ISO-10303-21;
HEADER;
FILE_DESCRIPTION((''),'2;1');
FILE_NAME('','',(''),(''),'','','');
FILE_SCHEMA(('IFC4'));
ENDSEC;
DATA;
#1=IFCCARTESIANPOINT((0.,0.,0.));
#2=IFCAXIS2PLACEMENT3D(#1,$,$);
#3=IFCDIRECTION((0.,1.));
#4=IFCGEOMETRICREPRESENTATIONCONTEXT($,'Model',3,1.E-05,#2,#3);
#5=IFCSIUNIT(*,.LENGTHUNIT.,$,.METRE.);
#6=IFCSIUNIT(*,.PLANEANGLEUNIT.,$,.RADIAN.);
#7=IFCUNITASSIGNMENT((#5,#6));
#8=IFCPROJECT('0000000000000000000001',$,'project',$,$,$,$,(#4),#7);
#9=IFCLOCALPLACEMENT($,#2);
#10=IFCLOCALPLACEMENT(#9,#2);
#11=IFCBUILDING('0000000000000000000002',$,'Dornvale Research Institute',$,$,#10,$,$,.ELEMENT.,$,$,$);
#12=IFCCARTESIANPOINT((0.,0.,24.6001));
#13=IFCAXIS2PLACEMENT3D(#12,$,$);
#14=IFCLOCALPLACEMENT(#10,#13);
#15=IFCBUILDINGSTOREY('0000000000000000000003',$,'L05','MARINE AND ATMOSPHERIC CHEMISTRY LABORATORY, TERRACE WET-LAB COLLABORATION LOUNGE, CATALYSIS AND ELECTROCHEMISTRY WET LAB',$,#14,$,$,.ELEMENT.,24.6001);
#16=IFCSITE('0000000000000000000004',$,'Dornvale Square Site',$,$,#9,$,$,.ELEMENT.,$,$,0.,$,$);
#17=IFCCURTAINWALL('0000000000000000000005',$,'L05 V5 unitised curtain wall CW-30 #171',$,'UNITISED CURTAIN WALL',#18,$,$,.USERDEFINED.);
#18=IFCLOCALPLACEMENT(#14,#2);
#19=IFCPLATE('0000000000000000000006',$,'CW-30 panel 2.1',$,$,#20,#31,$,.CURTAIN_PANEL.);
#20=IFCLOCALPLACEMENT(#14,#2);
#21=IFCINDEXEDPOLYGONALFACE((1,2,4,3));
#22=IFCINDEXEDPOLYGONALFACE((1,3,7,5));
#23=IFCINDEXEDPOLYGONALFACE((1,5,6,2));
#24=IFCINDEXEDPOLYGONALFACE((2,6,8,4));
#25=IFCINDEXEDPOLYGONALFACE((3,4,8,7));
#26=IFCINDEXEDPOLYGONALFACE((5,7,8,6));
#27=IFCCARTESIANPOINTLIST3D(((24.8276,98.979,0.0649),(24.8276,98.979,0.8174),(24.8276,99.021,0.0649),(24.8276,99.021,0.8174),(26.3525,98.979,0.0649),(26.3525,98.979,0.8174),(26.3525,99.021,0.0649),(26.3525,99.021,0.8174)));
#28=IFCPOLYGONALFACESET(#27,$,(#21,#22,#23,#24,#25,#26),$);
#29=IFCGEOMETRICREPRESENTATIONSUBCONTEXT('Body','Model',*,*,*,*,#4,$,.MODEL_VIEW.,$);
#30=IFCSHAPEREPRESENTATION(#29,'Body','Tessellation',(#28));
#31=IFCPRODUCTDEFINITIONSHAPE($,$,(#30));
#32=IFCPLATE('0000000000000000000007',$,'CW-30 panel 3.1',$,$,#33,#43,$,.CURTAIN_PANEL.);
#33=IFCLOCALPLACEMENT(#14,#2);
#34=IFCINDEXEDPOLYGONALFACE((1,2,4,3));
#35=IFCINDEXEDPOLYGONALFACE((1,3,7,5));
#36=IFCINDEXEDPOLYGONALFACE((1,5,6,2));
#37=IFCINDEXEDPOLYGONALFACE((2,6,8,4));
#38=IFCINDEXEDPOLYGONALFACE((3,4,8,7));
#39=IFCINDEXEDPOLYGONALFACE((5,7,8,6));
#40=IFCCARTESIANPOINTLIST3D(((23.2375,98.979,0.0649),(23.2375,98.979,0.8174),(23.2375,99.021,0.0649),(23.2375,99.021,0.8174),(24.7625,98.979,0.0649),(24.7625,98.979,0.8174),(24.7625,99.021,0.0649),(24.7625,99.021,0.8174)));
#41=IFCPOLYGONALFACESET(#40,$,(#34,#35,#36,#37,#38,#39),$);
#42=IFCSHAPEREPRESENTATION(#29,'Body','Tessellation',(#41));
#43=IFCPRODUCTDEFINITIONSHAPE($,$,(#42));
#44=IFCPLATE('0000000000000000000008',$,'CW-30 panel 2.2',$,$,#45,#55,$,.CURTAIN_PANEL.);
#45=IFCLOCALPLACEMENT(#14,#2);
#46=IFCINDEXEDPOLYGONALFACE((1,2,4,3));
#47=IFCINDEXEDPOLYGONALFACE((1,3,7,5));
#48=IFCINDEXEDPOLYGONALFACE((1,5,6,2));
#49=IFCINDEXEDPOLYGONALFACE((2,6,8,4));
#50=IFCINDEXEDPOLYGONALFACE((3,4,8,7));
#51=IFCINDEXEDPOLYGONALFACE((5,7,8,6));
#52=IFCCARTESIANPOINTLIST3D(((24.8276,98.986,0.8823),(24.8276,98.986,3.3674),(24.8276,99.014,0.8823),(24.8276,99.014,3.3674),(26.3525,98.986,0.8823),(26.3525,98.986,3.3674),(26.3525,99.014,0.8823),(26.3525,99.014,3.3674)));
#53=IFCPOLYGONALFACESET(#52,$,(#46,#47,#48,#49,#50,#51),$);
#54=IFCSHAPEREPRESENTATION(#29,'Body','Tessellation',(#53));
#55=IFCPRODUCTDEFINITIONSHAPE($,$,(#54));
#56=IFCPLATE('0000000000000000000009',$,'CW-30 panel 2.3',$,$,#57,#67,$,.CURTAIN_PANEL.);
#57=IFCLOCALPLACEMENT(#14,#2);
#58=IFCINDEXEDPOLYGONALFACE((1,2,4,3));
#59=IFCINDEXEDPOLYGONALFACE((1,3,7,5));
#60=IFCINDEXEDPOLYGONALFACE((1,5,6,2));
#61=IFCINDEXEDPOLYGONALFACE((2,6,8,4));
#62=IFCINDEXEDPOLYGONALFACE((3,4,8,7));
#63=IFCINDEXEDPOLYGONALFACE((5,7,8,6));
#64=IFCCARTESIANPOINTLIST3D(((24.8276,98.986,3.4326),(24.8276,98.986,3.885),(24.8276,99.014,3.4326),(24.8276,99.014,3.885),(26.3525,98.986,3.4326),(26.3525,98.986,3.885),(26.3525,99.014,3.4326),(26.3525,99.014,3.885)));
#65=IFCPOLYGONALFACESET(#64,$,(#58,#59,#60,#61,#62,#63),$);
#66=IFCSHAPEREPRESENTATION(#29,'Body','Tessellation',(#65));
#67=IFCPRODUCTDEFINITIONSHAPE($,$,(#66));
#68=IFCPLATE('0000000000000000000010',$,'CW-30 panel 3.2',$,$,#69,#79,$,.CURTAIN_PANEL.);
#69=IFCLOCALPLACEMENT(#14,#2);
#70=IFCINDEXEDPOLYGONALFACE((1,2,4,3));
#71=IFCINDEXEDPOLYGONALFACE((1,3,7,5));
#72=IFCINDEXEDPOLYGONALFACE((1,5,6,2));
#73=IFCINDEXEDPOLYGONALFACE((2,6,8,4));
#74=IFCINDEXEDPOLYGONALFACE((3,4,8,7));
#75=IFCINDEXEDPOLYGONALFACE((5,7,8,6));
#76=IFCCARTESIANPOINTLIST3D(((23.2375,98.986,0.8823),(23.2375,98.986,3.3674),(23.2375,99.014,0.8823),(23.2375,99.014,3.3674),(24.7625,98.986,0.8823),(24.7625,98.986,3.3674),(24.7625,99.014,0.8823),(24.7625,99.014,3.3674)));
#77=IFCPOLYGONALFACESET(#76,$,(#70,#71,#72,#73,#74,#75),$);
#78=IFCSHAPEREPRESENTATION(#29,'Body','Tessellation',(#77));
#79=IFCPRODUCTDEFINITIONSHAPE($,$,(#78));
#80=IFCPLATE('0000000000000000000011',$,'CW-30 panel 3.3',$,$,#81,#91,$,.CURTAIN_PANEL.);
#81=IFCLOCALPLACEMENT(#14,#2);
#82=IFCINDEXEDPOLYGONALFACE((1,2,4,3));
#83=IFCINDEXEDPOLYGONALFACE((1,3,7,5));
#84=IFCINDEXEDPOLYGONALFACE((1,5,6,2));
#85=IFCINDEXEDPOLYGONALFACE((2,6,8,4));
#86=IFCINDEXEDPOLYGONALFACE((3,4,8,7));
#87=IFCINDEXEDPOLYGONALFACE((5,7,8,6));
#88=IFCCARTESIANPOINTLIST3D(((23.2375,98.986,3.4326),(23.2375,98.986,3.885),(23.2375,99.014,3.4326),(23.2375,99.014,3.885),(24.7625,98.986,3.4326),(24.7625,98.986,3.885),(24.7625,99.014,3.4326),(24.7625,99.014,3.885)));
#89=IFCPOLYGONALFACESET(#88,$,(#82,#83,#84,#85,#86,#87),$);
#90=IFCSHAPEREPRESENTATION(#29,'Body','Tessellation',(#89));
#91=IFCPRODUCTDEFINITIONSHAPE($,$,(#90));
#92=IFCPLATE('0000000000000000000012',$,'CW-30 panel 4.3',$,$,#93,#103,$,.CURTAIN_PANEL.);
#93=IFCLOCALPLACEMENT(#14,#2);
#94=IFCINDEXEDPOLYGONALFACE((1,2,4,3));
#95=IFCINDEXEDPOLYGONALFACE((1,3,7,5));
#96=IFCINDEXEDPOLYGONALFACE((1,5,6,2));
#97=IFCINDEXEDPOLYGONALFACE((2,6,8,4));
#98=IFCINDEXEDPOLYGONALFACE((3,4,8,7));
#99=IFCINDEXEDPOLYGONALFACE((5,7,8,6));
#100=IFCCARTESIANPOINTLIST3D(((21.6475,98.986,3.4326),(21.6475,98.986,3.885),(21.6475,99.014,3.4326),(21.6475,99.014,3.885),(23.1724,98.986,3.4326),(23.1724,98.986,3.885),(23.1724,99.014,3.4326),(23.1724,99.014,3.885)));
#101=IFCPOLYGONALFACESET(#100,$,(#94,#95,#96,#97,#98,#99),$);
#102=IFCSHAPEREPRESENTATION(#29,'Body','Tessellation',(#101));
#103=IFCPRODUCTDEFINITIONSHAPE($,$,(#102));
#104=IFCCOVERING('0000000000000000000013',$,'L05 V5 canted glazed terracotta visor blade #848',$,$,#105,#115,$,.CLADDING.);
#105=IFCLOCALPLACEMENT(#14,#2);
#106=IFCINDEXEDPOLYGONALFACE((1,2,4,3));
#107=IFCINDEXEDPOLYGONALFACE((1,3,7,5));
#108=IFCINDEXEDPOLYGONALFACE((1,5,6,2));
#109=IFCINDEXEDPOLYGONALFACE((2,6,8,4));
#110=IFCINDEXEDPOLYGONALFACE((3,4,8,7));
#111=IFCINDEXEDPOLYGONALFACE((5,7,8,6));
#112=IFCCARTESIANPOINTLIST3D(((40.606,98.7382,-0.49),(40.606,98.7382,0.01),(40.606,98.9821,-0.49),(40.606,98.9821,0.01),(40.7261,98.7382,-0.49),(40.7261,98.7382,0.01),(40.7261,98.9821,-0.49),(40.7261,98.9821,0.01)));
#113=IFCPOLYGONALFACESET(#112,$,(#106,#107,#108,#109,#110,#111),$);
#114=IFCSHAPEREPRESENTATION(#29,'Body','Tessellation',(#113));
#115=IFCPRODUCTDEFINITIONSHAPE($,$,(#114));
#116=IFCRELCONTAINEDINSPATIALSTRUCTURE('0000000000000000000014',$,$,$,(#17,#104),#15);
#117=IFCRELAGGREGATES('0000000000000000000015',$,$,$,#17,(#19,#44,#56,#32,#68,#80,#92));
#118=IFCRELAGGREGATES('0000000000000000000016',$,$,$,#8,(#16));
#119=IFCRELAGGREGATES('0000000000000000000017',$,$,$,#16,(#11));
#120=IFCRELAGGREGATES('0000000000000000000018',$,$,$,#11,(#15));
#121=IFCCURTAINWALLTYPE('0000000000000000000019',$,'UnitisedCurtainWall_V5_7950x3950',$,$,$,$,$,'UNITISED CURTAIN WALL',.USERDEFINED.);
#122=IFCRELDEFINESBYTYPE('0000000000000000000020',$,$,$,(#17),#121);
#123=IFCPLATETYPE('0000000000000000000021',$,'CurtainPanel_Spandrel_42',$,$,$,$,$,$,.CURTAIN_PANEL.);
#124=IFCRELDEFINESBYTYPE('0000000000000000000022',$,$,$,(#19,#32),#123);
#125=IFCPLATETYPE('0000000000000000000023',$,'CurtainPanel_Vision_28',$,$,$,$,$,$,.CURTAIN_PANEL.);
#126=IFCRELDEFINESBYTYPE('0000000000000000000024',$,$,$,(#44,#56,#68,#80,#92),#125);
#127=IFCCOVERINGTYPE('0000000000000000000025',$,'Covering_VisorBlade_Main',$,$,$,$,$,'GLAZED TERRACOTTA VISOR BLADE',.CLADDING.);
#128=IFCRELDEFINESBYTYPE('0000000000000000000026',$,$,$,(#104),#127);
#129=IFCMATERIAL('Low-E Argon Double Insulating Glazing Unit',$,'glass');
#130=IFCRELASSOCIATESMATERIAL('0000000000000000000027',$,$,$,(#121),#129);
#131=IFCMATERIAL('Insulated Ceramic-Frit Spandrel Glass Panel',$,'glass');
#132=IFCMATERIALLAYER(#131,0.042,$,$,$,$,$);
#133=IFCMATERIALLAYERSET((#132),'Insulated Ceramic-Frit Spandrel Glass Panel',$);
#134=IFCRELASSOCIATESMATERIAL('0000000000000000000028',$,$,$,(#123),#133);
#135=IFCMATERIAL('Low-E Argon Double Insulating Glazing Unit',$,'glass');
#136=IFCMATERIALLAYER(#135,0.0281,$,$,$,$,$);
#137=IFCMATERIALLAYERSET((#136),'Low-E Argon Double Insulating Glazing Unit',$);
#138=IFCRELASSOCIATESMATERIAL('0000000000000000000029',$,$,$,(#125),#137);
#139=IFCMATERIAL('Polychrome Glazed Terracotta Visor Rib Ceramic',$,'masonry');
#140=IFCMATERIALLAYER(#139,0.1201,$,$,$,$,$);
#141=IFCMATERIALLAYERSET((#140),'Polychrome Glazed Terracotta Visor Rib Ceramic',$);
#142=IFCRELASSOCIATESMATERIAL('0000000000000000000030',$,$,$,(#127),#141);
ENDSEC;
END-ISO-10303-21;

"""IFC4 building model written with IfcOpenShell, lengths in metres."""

from ifc_helpers import new_model, si_unit, direction, frame, origin, origin_2d, place, context, subcontext, project, spatial, rectangle, extrude, material, layer, layer_set, type_object, element, aggregate, save


model = new_model("IFC4")

# Units and contexts
model_context = context("Model", 3, precision=1e-05, world=origin(), true_north=direction((0.0, 1.0)))
body_context = subcontext(model_context, "Body", "Model", "MODEL_VIEW")
ifc_project = project(units=[si_unit("LENGTHUNIT", "METRE"), si_unit("PLANEANGLEUNIT", "RADIAN")], contexts=[model_context])

# Site, building, storey
site_placement = place(None, origin())
site = spatial("IfcSite", under=ifc_project, at=site_placement, Name="Dornvale Square Site", CompositionType="ELEMENT", RefElevation=0.0)
building_placement = place(site_placement, origin())
building = spatial("IfcBuilding", under=site, at=building_placement, Name="Dornvale Research Institute", CompositionType="ELEMENT")
storey_placement = place(building_placement, frame((0.0, 0.0, 24.6001)))
storey = spatial("IfcBuildingStorey", under=building, at=storey_placement, Name="L05", Description="MARINE AND ATMOSPHERIC CHEMISTRY LABORATORY, TERRACE WET-LAB COLLABORATION LOUNGE, CATALYSIS AND ELECTROCHEMISTRY WET LAB", CompositionType="ELEMENT", Elevation=24.6001)

# Curtain wall, plates
ifc_material_1 = material(Name="Low-E Argon Double Insulating Glazing Unit", Category="glass")
curtain_wall_type = type_object("IfcCurtainWallType", Name="UnitisedCurtainWall_V5_7950x3950", ElementType="UNITISED CURTAIN WALL", PredefinedType="USERDEFINED", material=ifc_material_1)
curtain_wall_placement = place(storey_placement, origin())
curtain_wall = element("IfcCurtainWall", 1, at=curtain_wall_placement, inside=storey, type_object=curtain_wall_type, Name="L05 V5 unitised curtain wall CW-30 #171", ObjectType="UNITISED CURTAIN WALL", PredefinedType="USERDEFINED")
ifc_material_2 = material(Name="Insulated Ceramic-Frit Spandrel Glass Panel", Category="glass")
ifc_layer_1 = layer(ifc_material_2, 0.042)
ifc_layer_set_1 = layer_set([ifc_layer_1], Name="Insulated Ceramic-Frit Spandrel Glass Panel")
plate_type_1 = type_object("IfcPlateType", Name="CurtainPanel_Spandrel_42", PredefinedType="CURTAIN_PANEL", material=ifc_layer_set_1)
plate_1_placement = place(storey_placement, frame((25.5901, 99.0, 0.0649), z_axis=(0.0, 0.0, 1.0), x_axis=(-1.0, 0.0, 0.0)))
plate_1 = element("IfcPlate", 2, at=plate_1_placement, type_object=plate_type_1, Name="CW-30 panel 2.1", PredefinedType="CURTAIN_PANEL", context=body_context, shape_type="SweptSolid", body=[
    extrude(rectangle(XDim=1.5249, YDim=0.042, at=origin_2d()), origin(), (0.0, 0.0, 1.0), 0.7524),
])
plate_2_placement = place(storey_placement, frame((24.0, 99.0, 0.0649), z_axis=(0.0, 0.0, 1.0), x_axis=(-1.0, 0.0, 0.0)))
plate_2 = element("IfcPlate", 3, at=plate_2_placement, type_object=plate_type_1, Name="CW-30 panel 3.1", PredefinedType="CURTAIN_PANEL", context=body_context, shape_type="SweptSolid", body=[
    extrude(rectangle(XDim=1.5249, YDim=0.042, at=origin_2d()), origin(), (0.0, 0.0, 1.0), 0.7524),
])
ifc_material_3 = material(Name="Low-E Argon Double Insulating Glazing Unit", Category="glass")
ifc_layer_2 = layer(ifc_material_3, 0.0281)
ifc_layer_set_2 = layer_set([ifc_layer_2], Name="Low-E Argon Double Insulating Glazing Unit")
plate_type_2 = type_object("IfcPlateType", Name="CurtainPanel_Vision_28", PredefinedType="CURTAIN_PANEL", material=ifc_layer_set_2)
plate_3_placement = place(storey_placement, frame((25.5901, 99.0, 0.8823), z_axis=(0.0, 0.0, 1.0), x_axis=(-1.0, 0.0, 0.0)))
plate_3 = element("IfcPlate", 4, at=plate_3_placement, type_object=plate_type_2, Name="CW-30 panel 2.2", PredefinedType="CURTAIN_PANEL", context=body_context, shape_type="SweptSolid", body=[
    extrude(rectangle(XDim=1.5249, YDim=0.0281, at=origin_2d()), origin(), (0.0, 0.0, 1.0), 2.4851),
])
plate_4_placement = place(storey_placement, frame((25.5901, 99.0, 3.4326), z_axis=(0.0, 0.0, 1.0), x_axis=(-1.0, 0.0, 0.0)))
plate_4 = element("IfcPlate", 5, at=plate_4_placement, type_object=plate_type_2, Name="CW-30 panel 2.3", PredefinedType="CURTAIN_PANEL", context=body_context, shape_type="SweptSolid", body=[
    extrude(rectangle(XDim=1.5249, YDim=0.0281, at=origin_2d()), origin(), (0.0, 0.0, 1.0), 0.4524),
])
plate_5_placement = place(storey_placement, frame((24.0, 99.0, 0.8823), z_axis=(0.0, 0.0, 1.0), x_axis=(-1.0, 0.0, 0.0)))
plate_5 = element("IfcPlate", 6, at=plate_5_placement, type_object=plate_type_2, Name="CW-30 panel 3.2", PredefinedType="CURTAIN_PANEL", context=body_context, shape_type="SweptSolid", body=[
    extrude(rectangle(XDim=1.5249, YDim=0.0281, at=origin_2d()), origin(), (0.0, 0.0, 1.0), 2.4851),
])
plate_6_placement = place(storey_placement, frame((24.0, 99.0, 3.4326), z_axis=(0.0, 0.0, 1.0), x_axis=(-1.0, 0.0, 0.0)))
plate_6 = element("IfcPlate", 7, at=plate_6_placement, type_object=plate_type_2, Name="CW-30 panel 3.3", PredefinedType="CURTAIN_PANEL", context=body_context, shape_type="SweptSolid", body=[
    extrude(rectangle(XDim=1.5249, YDim=0.0281, at=origin_2d()), origin(), (0.0, 0.0, 1.0), 0.4524),
])
plate_7_placement = place(storey_placement, frame((22.4099, 99.0, 3.4326), z_axis=(0.0, 0.0, 1.0), x_axis=(-1.0, 0.0, 0.0)))
plate_7 = element("IfcPlate", 8, at=plate_7_placement, type_object=plate_type_2, Name="CW-30 panel 4.3", PredefinedType="CURTAIN_PANEL", context=body_context, shape_type="SweptSolid", body=[
    extrude(rectangle(XDim=1.5249, YDim=0.0281, at=origin_2d()), origin(), (0.0, 0.0, 1.0), 0.4524),
])
aggregate(curtain_wall, [plate_1, plate_3, plate_4, plate_2, plate_5, plate_6, plate_7])

# Covering
ifc_material_4 = material(Name="Polychrome Glazed Terracotta Visor Rib Ceramic", Category="masonry")
ifc_layer_3 = layer(ifc_material_4, 0.1201)
ifc_layer_set_3 = layer_set([ifc_layer_3], Name="Polychrome Glazed Terracotta Visor Rib Ceramic")
covering_type = type_object("IfcCoveringType", Name="Covering_VisorBlade_Main", ElementType="GLAZED TERRACOTTA VISOR BLADE", PredefinedType="CLADDING", material=ifc_layer_set_3)
covering_placement = place(storey_placement, frame((40.666, 98.8601, -0.49), z_axis=(0.0, 0.0, 1.0), x_axis=(0.0, 1.0, 0.0)))
element("IfcCovering", 9, at=covering_placement, inside=storey, type_object=covering_type, Name="L05 V5 canted glazed terracotta visor blade #848", PredefinedType="CLADDING", context=body_context, shape_type="SweptSolid", body=[
    extrude(rectangle(XDim=0.2439, YDim=0.1201, at=origin_2d()), origin(), (0.0, 0.0, 1.0), 0.5),
])

save(model, "model.ifc")
